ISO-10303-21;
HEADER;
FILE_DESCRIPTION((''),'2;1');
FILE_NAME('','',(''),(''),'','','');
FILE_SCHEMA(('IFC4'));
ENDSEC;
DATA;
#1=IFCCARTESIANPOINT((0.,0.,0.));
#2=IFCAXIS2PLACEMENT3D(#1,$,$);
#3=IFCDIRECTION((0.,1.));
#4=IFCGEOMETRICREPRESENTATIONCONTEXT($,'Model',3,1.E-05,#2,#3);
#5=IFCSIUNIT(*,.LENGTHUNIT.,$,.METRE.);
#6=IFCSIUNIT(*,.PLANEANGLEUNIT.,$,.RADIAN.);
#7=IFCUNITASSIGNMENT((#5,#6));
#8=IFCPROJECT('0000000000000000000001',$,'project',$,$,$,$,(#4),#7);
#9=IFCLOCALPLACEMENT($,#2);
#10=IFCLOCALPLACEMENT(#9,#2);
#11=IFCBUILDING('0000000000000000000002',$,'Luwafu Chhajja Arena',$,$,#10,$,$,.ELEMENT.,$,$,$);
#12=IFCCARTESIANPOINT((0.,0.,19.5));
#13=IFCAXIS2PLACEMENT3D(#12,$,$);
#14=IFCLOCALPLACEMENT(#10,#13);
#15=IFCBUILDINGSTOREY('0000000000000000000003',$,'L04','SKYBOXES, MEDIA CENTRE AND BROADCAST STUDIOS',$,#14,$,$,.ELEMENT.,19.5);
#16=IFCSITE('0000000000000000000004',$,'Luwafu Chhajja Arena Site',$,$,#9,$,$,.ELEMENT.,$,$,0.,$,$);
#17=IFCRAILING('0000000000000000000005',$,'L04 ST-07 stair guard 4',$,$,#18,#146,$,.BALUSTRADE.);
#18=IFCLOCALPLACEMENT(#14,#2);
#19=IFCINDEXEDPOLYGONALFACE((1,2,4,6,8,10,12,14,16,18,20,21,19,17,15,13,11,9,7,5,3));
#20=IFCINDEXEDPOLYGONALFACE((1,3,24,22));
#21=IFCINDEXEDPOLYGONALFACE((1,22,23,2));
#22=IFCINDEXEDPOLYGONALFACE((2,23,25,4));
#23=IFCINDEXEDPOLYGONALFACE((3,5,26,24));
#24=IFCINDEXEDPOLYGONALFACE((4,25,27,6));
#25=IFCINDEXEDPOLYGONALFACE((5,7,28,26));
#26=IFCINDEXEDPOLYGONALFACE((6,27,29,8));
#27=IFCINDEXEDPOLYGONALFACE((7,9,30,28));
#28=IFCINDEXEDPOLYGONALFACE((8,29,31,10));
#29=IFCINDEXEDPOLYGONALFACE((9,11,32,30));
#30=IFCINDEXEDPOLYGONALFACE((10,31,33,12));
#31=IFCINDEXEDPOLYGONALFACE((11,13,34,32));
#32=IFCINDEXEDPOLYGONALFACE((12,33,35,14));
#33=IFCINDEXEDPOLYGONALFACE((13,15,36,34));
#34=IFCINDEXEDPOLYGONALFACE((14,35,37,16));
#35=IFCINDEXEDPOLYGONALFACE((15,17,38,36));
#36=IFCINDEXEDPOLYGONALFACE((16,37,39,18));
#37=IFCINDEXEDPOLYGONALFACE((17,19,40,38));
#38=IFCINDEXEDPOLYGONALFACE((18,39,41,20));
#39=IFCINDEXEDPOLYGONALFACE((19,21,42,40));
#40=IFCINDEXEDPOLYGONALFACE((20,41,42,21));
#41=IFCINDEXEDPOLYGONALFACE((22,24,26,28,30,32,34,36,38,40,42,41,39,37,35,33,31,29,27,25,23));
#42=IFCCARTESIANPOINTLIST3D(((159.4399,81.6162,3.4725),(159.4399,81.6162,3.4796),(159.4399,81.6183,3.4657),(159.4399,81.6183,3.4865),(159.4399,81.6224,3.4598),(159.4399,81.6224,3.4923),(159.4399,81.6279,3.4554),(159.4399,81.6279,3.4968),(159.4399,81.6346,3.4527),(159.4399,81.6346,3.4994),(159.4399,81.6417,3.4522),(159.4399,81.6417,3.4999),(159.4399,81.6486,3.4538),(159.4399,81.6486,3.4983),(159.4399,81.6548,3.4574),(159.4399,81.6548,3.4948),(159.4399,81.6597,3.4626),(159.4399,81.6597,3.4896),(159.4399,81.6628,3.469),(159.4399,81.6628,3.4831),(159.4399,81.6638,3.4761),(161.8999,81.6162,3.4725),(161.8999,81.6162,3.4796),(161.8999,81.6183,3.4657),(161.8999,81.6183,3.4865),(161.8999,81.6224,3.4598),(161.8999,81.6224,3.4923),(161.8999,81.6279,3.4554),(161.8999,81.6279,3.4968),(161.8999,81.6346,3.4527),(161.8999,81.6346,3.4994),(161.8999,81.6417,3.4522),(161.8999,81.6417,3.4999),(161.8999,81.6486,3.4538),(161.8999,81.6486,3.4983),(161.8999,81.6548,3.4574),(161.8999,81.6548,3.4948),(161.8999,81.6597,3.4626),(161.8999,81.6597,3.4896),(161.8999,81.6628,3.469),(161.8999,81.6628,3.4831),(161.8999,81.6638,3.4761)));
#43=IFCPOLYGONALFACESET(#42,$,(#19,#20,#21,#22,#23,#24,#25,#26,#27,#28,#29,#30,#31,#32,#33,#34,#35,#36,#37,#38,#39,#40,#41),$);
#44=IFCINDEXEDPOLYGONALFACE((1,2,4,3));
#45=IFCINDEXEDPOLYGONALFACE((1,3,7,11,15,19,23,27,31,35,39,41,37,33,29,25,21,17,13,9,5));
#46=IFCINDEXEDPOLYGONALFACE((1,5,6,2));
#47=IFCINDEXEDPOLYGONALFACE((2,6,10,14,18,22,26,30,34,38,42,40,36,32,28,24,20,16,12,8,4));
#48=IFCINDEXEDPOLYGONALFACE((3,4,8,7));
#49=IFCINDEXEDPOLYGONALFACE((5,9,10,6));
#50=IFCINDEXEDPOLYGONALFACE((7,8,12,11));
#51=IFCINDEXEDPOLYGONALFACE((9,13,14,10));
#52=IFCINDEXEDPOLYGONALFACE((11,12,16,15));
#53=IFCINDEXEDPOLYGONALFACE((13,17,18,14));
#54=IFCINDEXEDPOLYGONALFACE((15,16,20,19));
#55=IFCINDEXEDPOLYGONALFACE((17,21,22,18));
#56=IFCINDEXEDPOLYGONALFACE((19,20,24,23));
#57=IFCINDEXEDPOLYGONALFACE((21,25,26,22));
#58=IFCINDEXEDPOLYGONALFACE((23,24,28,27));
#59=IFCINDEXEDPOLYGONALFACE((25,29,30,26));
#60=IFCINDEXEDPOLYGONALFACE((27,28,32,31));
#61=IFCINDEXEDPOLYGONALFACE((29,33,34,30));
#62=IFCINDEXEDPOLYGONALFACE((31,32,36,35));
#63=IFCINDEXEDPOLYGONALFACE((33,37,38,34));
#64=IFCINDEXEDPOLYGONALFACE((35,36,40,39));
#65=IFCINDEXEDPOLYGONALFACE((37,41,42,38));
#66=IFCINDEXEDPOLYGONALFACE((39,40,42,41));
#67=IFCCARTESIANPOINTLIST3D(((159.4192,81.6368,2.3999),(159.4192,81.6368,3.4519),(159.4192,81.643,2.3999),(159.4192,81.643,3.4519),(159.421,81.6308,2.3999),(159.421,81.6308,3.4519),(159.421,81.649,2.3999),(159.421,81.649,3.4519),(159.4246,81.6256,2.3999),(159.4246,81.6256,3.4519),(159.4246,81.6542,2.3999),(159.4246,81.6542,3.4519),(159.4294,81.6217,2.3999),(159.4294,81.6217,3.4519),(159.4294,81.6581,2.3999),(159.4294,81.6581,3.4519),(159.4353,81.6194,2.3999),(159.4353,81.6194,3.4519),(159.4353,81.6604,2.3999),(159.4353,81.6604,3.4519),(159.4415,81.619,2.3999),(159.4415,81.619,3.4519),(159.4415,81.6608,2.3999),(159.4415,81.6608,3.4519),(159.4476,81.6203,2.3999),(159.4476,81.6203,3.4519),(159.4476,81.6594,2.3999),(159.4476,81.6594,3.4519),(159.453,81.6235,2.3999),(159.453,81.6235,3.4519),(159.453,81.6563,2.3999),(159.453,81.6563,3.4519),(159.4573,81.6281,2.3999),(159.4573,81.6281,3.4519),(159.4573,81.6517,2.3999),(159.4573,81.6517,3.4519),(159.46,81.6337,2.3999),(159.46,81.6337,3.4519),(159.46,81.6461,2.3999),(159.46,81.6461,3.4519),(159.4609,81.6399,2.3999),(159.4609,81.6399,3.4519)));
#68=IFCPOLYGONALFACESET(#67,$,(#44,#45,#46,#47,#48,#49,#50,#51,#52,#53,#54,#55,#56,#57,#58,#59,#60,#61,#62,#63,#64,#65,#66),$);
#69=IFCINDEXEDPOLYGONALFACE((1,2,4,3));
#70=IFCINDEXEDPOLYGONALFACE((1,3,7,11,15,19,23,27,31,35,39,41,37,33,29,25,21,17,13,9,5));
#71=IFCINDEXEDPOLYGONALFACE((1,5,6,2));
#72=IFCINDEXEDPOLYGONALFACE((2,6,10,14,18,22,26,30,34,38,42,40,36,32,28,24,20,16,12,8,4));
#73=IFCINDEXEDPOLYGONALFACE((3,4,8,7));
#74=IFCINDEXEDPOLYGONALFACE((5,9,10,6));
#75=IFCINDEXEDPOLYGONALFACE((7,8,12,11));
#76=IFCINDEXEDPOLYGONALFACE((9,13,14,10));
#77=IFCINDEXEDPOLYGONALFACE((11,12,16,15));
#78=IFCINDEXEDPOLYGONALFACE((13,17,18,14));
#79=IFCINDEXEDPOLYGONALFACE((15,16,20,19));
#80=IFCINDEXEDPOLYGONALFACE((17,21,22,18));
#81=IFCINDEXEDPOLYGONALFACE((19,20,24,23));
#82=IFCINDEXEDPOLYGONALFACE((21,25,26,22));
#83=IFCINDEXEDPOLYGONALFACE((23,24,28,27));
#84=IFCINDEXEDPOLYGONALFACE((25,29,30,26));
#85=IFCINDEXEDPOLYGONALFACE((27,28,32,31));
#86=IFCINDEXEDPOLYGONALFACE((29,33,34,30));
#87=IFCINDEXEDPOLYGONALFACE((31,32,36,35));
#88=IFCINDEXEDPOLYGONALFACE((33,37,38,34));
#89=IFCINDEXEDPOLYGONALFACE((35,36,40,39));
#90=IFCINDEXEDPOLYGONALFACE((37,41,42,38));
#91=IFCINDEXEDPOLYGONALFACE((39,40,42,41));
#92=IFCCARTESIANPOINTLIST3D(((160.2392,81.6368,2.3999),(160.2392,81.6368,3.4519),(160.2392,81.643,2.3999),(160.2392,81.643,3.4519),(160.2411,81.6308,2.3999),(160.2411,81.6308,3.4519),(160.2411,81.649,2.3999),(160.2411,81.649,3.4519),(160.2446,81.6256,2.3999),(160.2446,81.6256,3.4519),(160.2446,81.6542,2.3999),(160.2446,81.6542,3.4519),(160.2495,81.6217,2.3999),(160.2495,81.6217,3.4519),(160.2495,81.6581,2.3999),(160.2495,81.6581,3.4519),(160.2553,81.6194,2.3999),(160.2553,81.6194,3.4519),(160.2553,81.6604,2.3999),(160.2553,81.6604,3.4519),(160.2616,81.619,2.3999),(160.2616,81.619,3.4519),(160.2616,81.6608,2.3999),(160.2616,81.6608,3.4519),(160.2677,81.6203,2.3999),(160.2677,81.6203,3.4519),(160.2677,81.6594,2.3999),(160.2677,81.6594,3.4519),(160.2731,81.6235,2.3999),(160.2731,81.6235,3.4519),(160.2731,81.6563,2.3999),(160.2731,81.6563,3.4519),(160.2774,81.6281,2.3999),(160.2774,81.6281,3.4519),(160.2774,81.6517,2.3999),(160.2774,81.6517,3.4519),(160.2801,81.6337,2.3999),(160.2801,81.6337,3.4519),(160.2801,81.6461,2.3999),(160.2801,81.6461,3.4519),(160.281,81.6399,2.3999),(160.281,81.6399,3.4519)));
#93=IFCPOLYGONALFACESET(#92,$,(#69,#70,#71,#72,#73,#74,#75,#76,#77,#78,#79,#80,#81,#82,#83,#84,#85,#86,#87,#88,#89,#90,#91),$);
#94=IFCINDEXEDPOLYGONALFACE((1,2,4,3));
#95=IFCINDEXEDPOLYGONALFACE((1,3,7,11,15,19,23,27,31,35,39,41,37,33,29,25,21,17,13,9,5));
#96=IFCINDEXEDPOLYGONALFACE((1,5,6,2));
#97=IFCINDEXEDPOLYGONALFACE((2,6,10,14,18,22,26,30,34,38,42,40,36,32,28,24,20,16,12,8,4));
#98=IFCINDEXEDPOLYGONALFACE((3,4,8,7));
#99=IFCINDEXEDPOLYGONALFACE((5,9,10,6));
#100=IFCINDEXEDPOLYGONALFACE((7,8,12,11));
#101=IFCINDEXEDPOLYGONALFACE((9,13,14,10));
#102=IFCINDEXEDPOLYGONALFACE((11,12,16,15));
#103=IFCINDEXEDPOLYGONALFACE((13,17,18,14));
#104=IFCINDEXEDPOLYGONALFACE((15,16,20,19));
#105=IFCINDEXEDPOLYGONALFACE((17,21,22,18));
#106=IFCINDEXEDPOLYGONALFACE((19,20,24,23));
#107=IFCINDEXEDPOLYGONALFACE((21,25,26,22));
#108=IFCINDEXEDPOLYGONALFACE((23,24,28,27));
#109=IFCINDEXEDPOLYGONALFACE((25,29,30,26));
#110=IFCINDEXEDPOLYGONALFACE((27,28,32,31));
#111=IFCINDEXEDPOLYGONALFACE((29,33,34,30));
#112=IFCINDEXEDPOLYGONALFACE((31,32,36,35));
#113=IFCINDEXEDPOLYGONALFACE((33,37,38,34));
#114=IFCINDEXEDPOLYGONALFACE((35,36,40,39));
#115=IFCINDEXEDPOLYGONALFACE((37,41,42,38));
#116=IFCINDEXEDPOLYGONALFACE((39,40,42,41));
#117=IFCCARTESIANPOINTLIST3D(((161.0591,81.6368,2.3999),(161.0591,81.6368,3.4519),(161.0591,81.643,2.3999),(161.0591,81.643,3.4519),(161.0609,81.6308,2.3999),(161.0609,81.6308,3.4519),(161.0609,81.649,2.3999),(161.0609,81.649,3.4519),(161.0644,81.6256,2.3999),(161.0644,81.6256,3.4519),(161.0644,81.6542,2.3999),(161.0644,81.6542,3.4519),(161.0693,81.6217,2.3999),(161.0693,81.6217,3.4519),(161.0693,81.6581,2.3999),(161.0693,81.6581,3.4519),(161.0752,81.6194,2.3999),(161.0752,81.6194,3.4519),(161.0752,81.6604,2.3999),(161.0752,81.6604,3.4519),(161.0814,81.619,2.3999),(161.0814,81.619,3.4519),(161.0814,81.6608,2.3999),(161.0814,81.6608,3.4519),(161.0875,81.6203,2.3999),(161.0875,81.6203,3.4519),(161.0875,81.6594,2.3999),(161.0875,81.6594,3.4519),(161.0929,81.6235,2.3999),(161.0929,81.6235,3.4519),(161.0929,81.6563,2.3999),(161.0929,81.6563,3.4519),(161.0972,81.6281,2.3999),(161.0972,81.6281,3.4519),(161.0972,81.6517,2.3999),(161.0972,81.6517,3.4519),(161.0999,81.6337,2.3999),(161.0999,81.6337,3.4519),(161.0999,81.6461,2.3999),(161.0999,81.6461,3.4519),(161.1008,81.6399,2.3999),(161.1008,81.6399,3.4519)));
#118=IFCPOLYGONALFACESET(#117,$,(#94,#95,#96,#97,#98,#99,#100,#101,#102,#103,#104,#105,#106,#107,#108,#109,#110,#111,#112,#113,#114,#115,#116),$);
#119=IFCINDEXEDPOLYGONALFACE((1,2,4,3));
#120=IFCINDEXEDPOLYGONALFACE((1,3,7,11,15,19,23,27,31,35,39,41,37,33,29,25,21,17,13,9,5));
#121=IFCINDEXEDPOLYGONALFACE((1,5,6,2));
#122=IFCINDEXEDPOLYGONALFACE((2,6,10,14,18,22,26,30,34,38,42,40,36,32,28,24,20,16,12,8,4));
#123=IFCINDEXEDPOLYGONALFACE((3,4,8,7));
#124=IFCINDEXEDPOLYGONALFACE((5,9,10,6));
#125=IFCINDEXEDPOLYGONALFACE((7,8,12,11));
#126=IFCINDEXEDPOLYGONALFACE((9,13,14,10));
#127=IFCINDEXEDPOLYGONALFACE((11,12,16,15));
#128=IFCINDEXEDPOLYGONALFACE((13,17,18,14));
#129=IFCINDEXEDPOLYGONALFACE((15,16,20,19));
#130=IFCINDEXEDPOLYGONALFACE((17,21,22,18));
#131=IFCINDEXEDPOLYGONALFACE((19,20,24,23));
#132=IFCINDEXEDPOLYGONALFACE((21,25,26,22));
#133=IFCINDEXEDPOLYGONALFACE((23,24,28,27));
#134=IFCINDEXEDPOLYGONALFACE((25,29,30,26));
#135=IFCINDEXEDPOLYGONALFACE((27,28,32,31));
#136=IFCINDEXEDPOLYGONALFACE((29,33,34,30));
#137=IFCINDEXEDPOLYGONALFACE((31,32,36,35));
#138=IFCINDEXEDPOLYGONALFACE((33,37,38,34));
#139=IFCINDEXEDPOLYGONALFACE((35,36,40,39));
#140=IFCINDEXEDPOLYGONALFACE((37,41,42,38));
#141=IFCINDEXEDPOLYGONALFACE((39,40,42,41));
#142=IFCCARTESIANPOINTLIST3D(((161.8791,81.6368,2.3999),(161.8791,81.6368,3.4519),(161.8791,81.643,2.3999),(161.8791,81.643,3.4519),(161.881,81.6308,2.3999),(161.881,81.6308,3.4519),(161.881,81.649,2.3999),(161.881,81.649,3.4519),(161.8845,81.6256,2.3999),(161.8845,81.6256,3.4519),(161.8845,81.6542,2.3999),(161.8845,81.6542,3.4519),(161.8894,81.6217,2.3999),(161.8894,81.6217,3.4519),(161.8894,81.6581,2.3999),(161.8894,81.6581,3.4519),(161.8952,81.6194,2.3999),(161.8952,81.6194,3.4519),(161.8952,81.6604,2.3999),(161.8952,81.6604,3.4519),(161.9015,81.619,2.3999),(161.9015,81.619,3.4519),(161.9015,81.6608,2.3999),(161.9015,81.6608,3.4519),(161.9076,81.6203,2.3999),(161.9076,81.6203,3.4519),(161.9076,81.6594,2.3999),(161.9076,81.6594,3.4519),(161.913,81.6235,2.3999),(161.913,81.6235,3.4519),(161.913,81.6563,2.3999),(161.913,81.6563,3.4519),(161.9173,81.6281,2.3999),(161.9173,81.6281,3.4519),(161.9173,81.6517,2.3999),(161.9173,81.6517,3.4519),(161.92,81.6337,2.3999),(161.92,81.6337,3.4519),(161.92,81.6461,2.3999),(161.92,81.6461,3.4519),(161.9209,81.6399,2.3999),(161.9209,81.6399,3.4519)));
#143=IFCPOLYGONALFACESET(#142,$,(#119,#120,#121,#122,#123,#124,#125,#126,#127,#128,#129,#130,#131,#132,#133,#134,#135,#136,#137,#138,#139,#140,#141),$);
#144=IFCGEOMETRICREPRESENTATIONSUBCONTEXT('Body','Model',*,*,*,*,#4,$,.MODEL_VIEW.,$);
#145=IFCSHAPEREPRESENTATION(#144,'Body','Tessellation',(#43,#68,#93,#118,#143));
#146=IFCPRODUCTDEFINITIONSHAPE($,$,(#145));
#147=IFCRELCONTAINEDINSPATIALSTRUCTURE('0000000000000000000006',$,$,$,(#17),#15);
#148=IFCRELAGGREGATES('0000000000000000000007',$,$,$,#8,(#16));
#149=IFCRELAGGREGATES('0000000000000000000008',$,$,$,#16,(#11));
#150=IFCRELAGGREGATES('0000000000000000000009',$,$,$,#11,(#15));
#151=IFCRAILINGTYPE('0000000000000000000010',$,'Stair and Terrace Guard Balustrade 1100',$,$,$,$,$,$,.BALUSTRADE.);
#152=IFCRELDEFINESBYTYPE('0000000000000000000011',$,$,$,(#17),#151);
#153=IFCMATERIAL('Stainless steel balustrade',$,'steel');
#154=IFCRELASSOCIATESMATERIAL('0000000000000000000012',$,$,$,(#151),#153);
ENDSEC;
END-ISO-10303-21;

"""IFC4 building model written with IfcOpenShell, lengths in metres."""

from ifc_helpers import new_model, si_unit, direction, frame, origin, origin_2d, place, context, subcontext, project, spatial, circle, extrude, material, type_object, element, save


model = new_model("IFC4")

# Units and contexts
model_context = context("Model", 3, precision=1e-05, world=origin(), true_north=direction((0.0, 1.0)))
body_context = subcontext(model_context, "Body", "Model", "MODEL_VIEW")
ifc_project = project(units=[si_unit("LENGTHUNIT", "METRE"), si_unit("PLANEANGLEUNIT", "RADIAN")], contexts=[model_context])

# Site, building, storey
site_placement = place(None, origin())
site = spatial("IfcSite", under=ifc_project, at=site_placement, Name="Luwafu Chhajja Arena Site", CompositionType="ELEMENT", RefElevation=0.0)
building_placement = place(site_placement, origin())
building = spatial("IfcBuilding", under=site, at=building_placement, Name="Luwafu Chhajja Arena", CompositionType="ELEMENT")
storey_placement = place(building_placement, frame((0.0, 0.0, 19.5)))
storey = spatial("IfcBuildingStorey", under=building, at=storey_placement, Name="L04", Description="SKYBOXES, MEDIA CENTRE AND BROADCAST STUDIOS", CompositionType="ELEMENT", Elevation=19.5)

# Railing
ifc_material_1 = material(Name="Stainless steel balustrade", Category="steel")
railing_type_1 = type_object("IfcRailingType", Name="Stair and Terrace Guard Balustrade 1100", PredefinedType="BALUSTRADE", material=ifc_material_1)
for number, where, name in (
    (1, (159.4399, 81.6399, 2.3999), "L04 ST-07 stair guard 4"),
):
    element("IfcRailing", number, at=place(storey_placement, frame(where)), inside=storey, type_object=railing_type_1, Name=name, PredefinedType="BALUSTRADE", context=body_context, shape_type="SweptSolid", body=[
        extrude(circle(Radius=0.0239, at=origin_2d()), frame((0.0, 0.0, 1.0762), z_axis=(1.0, 0.0, 0.0), x_axis=(0.0, 1.0, 0.0)), (0.0, 0.0, 1.0), 2.46),
        extrude(circle(Radius=0.021, at=origin_2d()), origin(), (0.0, 0.0, 1.0), 1.052),
        extrude(circle(Radius=0.021, at=origin_2d()), frame((0.8201, 0.0, 0.0)), (0.0, 0.0, 1.0), 1.052),
        extrude(circle(Radius=0.021, at=origin_2d()), frame((1.6399, 0.0, 0.0)), (0.0, 0.0, 1.0), 1.052),
        extrude(circle(Radius=0.021, at=origin_2d()), frame((2.46, 0.0, 0.0)), (0.0, 0.0, 1.0), 1.052),
    ])

save(model, "model.ifc")
